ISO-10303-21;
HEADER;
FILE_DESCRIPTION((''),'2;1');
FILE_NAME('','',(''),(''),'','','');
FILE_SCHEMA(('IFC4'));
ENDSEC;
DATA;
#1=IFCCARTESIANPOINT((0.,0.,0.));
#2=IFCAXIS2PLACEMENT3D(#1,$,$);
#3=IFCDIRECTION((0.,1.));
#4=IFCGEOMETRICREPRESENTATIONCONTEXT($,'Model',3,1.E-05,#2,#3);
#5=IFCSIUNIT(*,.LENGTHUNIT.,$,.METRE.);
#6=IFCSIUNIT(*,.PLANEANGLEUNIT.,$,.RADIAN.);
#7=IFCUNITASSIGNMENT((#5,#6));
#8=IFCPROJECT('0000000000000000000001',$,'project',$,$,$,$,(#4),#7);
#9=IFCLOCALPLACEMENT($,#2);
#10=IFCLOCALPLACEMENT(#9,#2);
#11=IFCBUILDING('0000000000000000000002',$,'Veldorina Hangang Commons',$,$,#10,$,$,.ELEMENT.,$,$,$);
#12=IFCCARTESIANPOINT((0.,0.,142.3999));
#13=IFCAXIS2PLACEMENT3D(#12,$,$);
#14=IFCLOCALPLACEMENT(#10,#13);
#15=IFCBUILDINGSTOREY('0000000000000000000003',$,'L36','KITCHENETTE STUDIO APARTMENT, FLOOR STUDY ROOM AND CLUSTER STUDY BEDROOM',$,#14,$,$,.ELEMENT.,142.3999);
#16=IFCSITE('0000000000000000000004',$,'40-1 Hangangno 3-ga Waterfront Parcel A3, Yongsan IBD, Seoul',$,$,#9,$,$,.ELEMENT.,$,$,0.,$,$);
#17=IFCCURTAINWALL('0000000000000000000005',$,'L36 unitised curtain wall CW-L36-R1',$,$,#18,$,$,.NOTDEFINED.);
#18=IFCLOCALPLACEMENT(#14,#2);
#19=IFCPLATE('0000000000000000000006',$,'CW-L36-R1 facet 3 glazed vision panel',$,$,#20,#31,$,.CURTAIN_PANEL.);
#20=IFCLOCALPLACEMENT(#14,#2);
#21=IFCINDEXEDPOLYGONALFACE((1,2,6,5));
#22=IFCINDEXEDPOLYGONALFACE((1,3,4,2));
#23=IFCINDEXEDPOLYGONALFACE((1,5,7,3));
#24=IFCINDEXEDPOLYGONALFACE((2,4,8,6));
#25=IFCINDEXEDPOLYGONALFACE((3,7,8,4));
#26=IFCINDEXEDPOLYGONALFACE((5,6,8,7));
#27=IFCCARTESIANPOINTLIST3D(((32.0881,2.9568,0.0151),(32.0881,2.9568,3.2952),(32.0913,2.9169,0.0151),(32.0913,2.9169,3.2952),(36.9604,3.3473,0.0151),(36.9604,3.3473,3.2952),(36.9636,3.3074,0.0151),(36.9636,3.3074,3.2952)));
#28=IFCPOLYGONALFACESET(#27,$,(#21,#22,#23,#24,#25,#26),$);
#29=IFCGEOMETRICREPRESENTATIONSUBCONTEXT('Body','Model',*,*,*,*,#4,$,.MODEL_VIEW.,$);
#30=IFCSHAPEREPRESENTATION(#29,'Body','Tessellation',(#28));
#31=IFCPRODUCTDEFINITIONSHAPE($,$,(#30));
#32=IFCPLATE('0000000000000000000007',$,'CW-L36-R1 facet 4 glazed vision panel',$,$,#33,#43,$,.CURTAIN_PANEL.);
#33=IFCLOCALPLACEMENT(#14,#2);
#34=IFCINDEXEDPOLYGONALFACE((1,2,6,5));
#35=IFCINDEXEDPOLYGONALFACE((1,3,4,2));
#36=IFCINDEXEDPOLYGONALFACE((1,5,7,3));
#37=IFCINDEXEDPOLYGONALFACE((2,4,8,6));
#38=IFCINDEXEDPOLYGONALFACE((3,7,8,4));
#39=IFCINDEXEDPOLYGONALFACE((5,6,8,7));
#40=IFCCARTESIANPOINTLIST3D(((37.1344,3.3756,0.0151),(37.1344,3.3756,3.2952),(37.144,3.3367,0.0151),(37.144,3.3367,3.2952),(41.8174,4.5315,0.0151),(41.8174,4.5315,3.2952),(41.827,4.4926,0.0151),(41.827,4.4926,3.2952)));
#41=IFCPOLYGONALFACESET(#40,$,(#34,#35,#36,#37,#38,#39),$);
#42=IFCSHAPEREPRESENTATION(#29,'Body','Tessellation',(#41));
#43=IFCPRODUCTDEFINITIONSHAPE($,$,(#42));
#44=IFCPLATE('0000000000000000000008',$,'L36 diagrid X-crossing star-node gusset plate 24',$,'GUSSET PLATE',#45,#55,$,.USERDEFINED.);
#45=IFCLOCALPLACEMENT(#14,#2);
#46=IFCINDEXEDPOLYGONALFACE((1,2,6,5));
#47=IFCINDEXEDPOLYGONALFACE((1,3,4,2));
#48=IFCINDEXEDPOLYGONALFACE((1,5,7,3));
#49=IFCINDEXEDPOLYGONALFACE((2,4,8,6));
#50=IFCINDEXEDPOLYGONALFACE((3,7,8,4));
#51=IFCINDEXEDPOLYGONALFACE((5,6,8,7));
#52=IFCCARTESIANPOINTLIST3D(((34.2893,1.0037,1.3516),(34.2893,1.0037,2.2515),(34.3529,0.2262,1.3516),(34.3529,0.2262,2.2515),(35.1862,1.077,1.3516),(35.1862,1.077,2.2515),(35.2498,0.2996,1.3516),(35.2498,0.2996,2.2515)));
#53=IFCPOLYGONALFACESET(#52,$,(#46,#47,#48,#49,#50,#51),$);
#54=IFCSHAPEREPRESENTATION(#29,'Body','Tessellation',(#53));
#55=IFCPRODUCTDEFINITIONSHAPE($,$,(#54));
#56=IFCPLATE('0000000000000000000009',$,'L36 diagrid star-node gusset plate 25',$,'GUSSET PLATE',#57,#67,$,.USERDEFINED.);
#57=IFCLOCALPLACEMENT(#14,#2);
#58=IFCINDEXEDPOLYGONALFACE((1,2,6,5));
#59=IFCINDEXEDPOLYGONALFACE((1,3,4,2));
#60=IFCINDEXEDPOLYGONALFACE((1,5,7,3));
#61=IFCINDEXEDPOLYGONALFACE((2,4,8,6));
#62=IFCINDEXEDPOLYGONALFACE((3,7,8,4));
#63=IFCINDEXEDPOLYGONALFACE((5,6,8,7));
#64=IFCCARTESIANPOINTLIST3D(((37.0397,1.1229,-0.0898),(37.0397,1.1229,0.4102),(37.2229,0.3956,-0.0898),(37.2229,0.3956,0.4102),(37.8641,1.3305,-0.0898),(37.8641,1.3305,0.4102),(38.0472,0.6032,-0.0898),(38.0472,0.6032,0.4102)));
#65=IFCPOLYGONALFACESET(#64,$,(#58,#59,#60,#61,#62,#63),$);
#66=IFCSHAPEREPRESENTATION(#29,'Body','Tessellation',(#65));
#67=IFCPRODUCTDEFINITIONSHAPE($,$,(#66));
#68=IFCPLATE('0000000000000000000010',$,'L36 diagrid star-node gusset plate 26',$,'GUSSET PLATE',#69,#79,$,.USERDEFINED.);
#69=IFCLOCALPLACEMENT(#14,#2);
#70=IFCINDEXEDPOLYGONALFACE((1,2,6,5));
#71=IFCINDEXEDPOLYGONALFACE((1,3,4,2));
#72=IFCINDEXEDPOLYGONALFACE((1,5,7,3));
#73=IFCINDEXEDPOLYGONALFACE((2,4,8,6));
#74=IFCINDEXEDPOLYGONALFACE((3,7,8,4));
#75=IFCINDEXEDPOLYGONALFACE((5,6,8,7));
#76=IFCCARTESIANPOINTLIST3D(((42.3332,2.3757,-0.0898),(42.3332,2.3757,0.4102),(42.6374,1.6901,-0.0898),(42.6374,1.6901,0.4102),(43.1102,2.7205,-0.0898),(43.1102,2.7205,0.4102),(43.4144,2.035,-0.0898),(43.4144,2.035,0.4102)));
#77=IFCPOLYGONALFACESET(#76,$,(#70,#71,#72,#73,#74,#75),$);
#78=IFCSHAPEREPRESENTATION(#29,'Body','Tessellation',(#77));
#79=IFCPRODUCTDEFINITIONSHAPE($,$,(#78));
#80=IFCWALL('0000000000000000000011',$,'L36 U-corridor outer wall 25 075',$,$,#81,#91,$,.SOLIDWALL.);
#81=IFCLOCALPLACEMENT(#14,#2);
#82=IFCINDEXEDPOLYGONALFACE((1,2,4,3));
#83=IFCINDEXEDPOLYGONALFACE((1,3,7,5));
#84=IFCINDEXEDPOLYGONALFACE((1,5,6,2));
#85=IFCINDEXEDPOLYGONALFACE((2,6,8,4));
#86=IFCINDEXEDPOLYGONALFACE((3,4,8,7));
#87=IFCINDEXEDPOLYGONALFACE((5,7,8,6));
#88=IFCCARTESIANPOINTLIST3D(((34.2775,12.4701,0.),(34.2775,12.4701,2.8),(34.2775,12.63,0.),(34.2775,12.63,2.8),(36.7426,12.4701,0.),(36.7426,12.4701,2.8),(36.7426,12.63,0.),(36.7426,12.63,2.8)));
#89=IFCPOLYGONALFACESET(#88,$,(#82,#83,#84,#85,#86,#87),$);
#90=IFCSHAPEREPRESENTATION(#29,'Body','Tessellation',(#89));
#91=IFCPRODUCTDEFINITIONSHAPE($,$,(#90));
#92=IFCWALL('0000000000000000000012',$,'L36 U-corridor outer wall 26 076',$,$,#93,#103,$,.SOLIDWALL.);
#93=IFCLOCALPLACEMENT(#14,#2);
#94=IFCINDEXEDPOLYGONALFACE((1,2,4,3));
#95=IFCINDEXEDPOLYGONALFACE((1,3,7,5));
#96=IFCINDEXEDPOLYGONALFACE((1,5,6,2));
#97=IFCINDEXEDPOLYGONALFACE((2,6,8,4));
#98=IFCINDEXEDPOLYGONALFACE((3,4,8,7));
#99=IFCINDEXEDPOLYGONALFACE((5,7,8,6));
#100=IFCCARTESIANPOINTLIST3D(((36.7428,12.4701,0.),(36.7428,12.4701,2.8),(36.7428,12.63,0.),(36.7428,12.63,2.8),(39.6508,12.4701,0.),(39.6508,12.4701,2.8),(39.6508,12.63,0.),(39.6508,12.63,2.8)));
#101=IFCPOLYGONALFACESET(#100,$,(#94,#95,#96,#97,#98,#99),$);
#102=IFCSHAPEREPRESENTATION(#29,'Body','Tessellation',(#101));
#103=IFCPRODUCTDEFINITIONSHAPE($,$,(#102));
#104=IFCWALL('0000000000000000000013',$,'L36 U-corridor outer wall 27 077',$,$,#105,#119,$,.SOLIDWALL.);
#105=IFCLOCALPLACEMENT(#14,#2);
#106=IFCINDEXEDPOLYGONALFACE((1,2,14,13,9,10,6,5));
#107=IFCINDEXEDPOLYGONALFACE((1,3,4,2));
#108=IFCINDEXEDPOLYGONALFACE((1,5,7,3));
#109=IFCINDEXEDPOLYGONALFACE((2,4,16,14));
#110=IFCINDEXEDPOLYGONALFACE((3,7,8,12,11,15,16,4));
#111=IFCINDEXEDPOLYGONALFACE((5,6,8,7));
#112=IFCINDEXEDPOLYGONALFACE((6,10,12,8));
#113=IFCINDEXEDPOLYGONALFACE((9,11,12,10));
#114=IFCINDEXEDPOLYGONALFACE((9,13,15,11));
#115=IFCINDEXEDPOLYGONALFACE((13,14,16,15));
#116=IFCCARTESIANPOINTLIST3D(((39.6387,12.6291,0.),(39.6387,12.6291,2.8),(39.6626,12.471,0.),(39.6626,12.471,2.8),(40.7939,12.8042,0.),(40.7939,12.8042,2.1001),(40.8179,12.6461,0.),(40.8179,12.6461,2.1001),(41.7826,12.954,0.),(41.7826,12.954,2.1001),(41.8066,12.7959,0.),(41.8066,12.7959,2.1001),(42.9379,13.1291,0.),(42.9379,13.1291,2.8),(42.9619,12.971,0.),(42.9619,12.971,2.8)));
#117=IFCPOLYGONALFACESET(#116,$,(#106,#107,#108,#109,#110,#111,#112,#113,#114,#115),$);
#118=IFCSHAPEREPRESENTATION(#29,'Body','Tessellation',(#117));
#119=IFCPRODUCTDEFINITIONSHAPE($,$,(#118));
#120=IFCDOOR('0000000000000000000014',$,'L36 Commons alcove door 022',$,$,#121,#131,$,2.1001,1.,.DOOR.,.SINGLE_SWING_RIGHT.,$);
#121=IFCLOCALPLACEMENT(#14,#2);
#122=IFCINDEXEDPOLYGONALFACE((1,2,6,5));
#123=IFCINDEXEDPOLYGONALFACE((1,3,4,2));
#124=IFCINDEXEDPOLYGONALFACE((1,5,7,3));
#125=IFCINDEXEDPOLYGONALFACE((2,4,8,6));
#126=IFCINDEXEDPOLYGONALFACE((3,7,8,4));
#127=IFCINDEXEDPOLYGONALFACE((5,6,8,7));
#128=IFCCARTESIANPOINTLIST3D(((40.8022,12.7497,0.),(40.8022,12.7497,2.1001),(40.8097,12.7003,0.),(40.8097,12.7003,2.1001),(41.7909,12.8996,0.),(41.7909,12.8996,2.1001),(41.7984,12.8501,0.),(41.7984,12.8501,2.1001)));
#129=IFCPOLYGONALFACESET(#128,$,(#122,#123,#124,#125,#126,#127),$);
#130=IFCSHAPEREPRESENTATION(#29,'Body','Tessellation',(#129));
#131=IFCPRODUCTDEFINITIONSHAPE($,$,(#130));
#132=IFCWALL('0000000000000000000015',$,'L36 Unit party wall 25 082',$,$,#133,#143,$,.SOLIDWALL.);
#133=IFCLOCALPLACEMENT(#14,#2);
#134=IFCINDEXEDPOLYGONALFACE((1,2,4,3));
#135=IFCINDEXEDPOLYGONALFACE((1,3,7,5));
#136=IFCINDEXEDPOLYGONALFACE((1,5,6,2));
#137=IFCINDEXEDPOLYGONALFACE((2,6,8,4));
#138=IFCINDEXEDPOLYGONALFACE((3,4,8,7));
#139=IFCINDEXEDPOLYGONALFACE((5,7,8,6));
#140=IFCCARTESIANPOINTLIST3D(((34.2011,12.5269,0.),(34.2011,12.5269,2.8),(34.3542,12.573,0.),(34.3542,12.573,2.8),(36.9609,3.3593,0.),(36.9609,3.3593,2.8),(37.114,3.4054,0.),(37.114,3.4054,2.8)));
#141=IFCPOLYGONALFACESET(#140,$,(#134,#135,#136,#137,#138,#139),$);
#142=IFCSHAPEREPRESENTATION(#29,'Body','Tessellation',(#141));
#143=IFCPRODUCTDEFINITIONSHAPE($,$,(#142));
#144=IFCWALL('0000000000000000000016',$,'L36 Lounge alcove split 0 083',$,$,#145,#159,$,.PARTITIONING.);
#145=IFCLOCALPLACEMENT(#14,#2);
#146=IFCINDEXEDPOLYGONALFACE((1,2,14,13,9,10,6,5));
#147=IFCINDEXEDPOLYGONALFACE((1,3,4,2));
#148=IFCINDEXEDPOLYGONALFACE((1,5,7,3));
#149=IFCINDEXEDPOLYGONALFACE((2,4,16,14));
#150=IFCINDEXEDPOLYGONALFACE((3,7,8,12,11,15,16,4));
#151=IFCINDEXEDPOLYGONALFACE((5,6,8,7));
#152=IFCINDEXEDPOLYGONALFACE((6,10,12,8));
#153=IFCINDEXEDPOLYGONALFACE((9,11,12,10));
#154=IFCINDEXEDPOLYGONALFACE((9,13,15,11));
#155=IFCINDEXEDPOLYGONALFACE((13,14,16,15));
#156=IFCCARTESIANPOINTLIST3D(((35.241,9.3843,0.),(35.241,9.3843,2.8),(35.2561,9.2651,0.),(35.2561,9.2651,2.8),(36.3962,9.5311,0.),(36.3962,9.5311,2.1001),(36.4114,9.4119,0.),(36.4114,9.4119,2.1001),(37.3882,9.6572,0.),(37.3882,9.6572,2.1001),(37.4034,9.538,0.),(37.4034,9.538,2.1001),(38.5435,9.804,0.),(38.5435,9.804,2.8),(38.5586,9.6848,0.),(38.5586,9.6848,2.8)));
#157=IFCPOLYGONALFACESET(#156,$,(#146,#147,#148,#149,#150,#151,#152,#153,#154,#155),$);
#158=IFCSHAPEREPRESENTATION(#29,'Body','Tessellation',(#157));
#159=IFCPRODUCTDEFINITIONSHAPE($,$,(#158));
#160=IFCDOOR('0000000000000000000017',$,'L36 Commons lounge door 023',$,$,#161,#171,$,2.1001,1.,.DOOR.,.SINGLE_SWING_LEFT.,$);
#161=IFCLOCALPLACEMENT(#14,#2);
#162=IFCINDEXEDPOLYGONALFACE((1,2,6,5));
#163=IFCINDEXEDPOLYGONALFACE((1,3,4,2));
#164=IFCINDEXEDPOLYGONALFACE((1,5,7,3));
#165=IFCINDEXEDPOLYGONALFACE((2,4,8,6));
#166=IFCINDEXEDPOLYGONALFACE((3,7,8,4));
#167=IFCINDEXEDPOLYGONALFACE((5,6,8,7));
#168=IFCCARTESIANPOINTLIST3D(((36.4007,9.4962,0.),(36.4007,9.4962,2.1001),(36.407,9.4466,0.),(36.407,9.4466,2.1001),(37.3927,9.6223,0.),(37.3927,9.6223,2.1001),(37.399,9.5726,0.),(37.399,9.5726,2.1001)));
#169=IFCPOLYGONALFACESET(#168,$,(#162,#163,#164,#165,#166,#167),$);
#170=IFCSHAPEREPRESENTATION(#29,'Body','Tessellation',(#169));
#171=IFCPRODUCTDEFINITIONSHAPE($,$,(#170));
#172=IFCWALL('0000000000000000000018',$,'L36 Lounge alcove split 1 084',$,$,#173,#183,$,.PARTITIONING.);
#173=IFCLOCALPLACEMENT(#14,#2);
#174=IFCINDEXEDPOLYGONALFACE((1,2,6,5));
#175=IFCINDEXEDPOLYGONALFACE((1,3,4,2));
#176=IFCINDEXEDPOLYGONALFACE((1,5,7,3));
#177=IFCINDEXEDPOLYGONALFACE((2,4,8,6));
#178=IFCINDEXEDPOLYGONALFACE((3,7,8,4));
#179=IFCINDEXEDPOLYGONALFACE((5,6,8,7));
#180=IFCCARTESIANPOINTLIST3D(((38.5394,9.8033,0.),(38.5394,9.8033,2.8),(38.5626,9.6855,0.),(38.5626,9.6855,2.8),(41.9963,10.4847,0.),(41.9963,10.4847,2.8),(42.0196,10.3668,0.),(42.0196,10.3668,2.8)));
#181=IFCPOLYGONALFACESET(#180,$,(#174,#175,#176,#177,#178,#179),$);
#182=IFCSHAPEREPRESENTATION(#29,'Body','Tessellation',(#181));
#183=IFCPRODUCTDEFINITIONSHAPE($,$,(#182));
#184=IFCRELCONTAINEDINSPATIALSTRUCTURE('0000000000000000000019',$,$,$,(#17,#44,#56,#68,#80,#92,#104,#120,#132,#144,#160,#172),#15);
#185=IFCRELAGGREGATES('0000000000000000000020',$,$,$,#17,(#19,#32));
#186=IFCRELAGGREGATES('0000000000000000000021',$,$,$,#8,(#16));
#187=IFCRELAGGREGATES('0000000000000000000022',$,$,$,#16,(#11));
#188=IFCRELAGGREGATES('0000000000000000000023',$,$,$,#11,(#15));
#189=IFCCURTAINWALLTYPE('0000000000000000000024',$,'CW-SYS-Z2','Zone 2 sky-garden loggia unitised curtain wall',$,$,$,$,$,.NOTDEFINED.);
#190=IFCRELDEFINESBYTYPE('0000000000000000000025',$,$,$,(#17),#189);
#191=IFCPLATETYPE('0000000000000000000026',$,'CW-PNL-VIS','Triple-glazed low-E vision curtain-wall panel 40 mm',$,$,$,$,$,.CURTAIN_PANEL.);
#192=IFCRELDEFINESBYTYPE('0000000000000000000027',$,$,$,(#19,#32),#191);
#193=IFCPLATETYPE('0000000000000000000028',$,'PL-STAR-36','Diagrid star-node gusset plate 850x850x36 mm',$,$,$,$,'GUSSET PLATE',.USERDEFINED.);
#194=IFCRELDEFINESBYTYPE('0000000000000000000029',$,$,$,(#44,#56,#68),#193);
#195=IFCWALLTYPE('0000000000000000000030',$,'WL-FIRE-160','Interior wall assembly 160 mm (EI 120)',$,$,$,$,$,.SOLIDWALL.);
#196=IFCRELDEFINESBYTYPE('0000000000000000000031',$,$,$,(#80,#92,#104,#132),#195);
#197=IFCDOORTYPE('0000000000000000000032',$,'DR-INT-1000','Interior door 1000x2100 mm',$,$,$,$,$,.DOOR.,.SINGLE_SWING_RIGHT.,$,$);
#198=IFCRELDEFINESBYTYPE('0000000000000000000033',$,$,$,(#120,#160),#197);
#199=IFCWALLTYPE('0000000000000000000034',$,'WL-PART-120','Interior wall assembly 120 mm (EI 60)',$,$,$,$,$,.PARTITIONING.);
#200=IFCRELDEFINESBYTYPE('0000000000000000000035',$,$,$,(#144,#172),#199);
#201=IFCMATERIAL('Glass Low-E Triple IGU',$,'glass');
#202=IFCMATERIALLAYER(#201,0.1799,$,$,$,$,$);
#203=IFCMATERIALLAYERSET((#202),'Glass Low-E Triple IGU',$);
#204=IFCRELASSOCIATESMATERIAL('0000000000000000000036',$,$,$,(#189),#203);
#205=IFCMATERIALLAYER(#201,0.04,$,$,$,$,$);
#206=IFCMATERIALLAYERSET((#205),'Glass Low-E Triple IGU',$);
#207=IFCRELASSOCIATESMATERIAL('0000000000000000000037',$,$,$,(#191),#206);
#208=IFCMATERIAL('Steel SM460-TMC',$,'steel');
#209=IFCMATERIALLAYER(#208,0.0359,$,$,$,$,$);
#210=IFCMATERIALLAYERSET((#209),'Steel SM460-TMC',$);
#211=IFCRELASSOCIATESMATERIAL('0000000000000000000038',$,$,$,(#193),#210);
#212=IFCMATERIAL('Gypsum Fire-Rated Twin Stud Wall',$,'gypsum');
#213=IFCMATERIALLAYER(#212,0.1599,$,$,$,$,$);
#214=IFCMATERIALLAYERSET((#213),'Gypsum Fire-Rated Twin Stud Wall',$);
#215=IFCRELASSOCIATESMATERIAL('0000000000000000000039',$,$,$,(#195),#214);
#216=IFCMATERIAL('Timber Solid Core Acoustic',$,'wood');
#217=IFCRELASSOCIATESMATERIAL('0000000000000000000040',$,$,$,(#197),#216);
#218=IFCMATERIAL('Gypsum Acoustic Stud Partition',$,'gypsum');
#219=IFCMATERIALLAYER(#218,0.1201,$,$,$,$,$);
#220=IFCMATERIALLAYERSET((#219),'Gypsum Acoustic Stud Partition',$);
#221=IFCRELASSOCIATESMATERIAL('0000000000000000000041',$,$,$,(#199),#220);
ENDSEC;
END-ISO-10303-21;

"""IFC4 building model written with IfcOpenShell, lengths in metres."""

from ifc_helpers import new_model, si_unit, direction, frame, frame_2d, origin, origin_2d, place, context, subcontext, project, spatial, rectangle, extrude, material, layer, layer_set, type_object, element, fill, aggregate, save


model = new_model("IFC4")

# Units and contexts
model_context = context("Model", 3, precision=1e-05, world=origin(), true_north=direction((0.0, 1.0)))
body_context = subcontext(model_context, "Body", "Model", "MODEL_VIEW")
ifc_project = project(units=[si_unit("LENGTHUNIT", "METRE"), si_unit("PLANEANGLEUNIT", "RADIAN")], contexts=[model_context])

# Site, building, storey
site_placement = place(None, origin())
site = spatial("IfcSite", under=ifc_project, at=site_placement, Name="40-1 Hangangno 3-ga Waterfront Parcel A3, Yongsan IBD, Seoul", CompositionType="ELEMENT", RefElevation=0.0)
building_placement = place(site_placement, origin())
building = spatial("IfcBuilding", under=site, at=building_placement, Name="Veldorina Hangang Commons", CompositionType="ELEMENT")
storey_placement = place(building_placement, frame((0.0, 0.0, 142.3999)))
storey = spatial("IfcBuildingStorey", under=building, at=storey_placement, Name="L36", Description="KITCHENETTE STUDIO APARTMENT, FLOOR STUDY ROOM AND CLUSTER STUDY BEDROOM", CompositionType="ELEMENT", Elevation=142.3999)

# Curtain wall
ifc_material_1 = material(Name="Glass Low-E Triple IGU", Category="glass")
ifc_layer_1 = layer(ifc_material_1, 0.1799)
ifc_layer_set_1 = layer_set([ifc_layer_1], Name="Glass Low-E Triple IGU")
curtain_wall_type = type_object("IfcCurtainWallType", Name="CW-SYS-Z2", Description="Zone 2 sky-garden loggia unitised curtain wall", PredefinedType="NOTDEFINED", material=ifc_layer_set_1)
curtain_wall_placement = place(storey_placement, origin())
curtain_wall = element("IfcCurtainWall", 1, at=curtain_wall_placement, inside=storey, type_object=curtain_wall_type, Name="L36 unitised curtain wall CW-L36-R1", PredefinedType="NOTDEFINED")

# Plates
ifc_layer_2 = layer(ifc_material_1, 0.04)
ifc_layer_set_2 = layer_set([ifc_layer_2], Name="Glass Low-E Triple IGU")
plate_type_1 = type_object("IfcPlateType", Name="CW-PNL-VIS", Description="Triple-glazed low-E vision curtain-wall panel 40 mm", PredefinedType="CURTAIN_PANEL", material=ifc_layer_set_2)
plate_1_placement = place(storey_placement, frame((34.5259, 3.1321, 0.0151), z_axis=(0.0, 0.0, 1.0), x_axis=(0.996804, 0.079886, 0.0)))
plate_1 = element("IfcPlate", 2, at=plate_1_placement, type_object=plate_type_1, Name="CW-L36-R1 facet 3 glazed vision panel", PredefinedType="CURTAIN_PANEL", context=body_context, shape_type="SweptSolid", body=[
    extrude(rectangle(XDim=4.8879, YDim=0.04, at=origin_2d()), origin(), (0.0, 0.0, 1.0), 3.28),
])
plate_2_placement = place(storey_placement, frame((39.4807, 3.9341, 0.0151), z_axis=(0.0, 0.0, 1.0), x_axis=(0.970863, 0.239635, 0.0)))
plate_2 = element("IfcPlate", 3, at=plate_2_placement, type_object=plate_type_1, Name="CW-L36-R1 facet 4 glazed vision panel", PredefinedType="CURTAIN_PANEL", context=body_context, shape_type="SweptSolid", body=[
    extrude(rectangle(XDim=4.8235, YDim=0.04, at=origin_2d()), origin(), (0.0, 0.0, 1.0), 3.28),
])
aggregate(curtain_wall, [plate_1, plate_2])

# Plates
ifc_material_2 = material(Name="Steel SM460-TMC", Category="steel")
ifc_layer_3 = layer(ifc_material_2, 0.0359)
ifc_layer_set_3 = layer_set([ifc_layer_3], Name="Steel SM460-TMC")
plate_type_2 = type_object("IfcPlateType", Name="PL-STAR-36", Description="Diagrid star-node gusset plate 850x850x36 mm", ElementType="GUSSET PLATE", PredefinedType="USERDEFINED", material=ifc_layer_set_3)
plate_3_placement = place(storey_placement, frame((34.7695, 0.6516, 1.3516), z_axis=(0.0, 0.0, 1.0), x_axis=(0.996673, 0.081504, 0.0)))
element("IfcPlate", 4, at=plate_3_placement, inside=storey, type_object=plate_type_2, Name="L36 diagrid X-crossing star-node gusset plate 24", ObjectType="GUSSET PLATE", PredefinedType="USERDEFINED", context=body_context, shape_type="SweptSolid", body=[
    extrude(rectangle(XDim=0.8999, YDim=0.78, at=origin_2d()), origin(), (0.0, 0.0, 1.0), 0.8999),
])
for number, where, z_axis, x_axis, name in (
    (5, (37.5435, 0.863, -0.0898), (0.0, 0.0, 1.0), (0.969723, 0.244207, 0.0), "L36 diagrid star-node gusset plate 25"),
    (6, (42.8738, 2.2053, -0.0898), (0.0, 0.0, 1.0), (0.914042, 0.40562, 0.0), "L36 diagrid star-node gusset plate 26"),
):
    element("IfcPlate", number, at=place(storey_placement, frame(where, z_axis=z_axis, x_axis=x_axis)), inside=storey, type_object=plate_type_2, Name=name, ObjectType="GUSSET PLATE", PredefinedType="USERDEFINED", context=body_context, shape_type="SweptSolid", body=[
        extrude(rectangle(XDim=0.8501, YDim=0.75, at=origin_2d()), origin(), (0.0, 0.0, 1.0), 0.5),
    ])

# Walls
ifc_material_3 = material(Name="Gypsum Fire-Rated Twin Stud Wall", Category="gypsum")
ifc_layer_4 = layer(ifc_material_3, 0.1599)
ifc_layer_set_4 = layer_set([ifc_layer_4], Name="Gypsum Fire-Rated Twin Stud Wall")
wall_type_1 = type_object("IfcWallType", Name="WL-FIRE-160", Description="Interior wall assembly 160 mm (EI 120)", PredefinedType="SOLIDWALL", material=ifc_layer_set_4)
wall_1_placement = place(storey_placement, frame((34.2776, 12.55, 0.0), z_axis=(0.0, 0.0, 1.0), x_axis=(1.0, 0.0, 0.0)))
element("IfcWall", 7, at=wall_1_placement, inside=storey, type_object=wall_type_1, Name="L36 U-corridor outer wall 25 075", PredefinedType="SOLIDWALL", context=body_context, shape_type="SweptSolid", body=[
    extrude(rectangle(XDim=2.4651, YDim=0.1599, at=frame_2d((1.2324, 0.0))), origin(), (0.0, 0.0, 1.0), 2.8),
])
wall_2_placement = place(storey_placement, frame((36.7427, 12.55, 0.0), z_axis=(0.0, 0.0, 1.0), x_axis=(1.0, 0.0, 0.0)))
element("IfcWall", 8, at=wall_2_placement, inside=storey, type_object=wall_type_1, Name="L36 U-corridor outer wall 26 076", PredefinedType="SOLIDWALL", context=body_context, shape_type="SweptSolid", body=[
    extrude(rectangle(XDim=2.908, YDim=0.1599, at=frame_2d((1.4541, 0.0))), origin(), (0.0, 0.0, 1.0), 2.8),
])

# Wall, opening, door
wall_3_placement = place(storey_placement, frame((39.6506, 12.55, 0.0), z_axis=(0.0, 0.0, 1.0), x_axis=(0.988711, 0.149836, 0.0)))
wall_3 = element("IfcWall", 9, at=wall_3_placement, inside=storey, type_object=wall_type_1, Name="L36 U-corridor outer wall 27 077", PredefinedType="SOLIDWALL", context=body_context, shape_type="SweptSolid", body=[
    extrude(rectangle(XDim=3.3369, YDim=0.1599, at=frame_2d((1.6685, 0.0))), origin(), (0.0, 0.0, 1.0), 2.8),
])
opening_1_placement = place(wall_3_placement, frame((1.1685, 0.0, 0.0)))
opening_1 = element("IfcOpeningElement", 10, at=opening_1_placement, cuts=wall_3, PredefinedType="OPENING", context=body_context, shape_type="SweptSolid", body=[
    extrude(rectangle(XDim=1.0, YDim=2.1001, at=frame_2d((0.5, 1.05))), frame((0.0, 0.0898, 0.0), z_axis=(0.0, -1.0, 0.0), x_axis=(1.0, 0.0, 0.0)), (0.0, 0.0, 1.0), 0.1799),
])
ifc_material_4 = material(Name="Timber Solid Core Acoustic", Category="wood")
door_type_1 = type_object("IfcDoorType", Name="DR-INT-1000", Description="Interior door 1000x2100 mm", OperationType="SINGLE_SWING_RIGHT", PredefinedType="DOOR", material=ifc_material_4)
door_1_placement = place(opening_1_placement, origin())
door_1 = element("IfcDoor", 11, at=door_1_placement, inside=storey, type_object=door_type_1, Name="L36 Commons alcove door 022", OperationType="SINGLE_SWING_RIGHT", OverallHeight=2.1001, OverallWidth=1.0, PredefinedType="DOOR", context=body_context, shape_type="SweptSolid", body=[
    extrude(rectangle(XDim=1.0, YDim=2.1001, at=frame_2d((0.5, 1.05))), frame((0.0, 0.0249, 0.0), z_axis=(0.0, -1.0, 0.0), x_axis=(1.0, 0.0, 0.0)), (0.0, 0.0, 1.0), 0.05),
])
fill(opening_1, door_1)

# Wall
wall_4_placement = place(storey_placement, frame((34.2776, 12.55, 0.0), z_axis=(0.0, 0.0, 1.0), x_axis=(0.28826, -0.957552, 0.0)))
element("IfcWall", 12, at=wall_4_placement, inside=storey, type_object=wall_type_1, Name="L36 Unit party wall 25 082", PredefinedType="SOLIDWALL", context=body_context, shape_type="SweptSolid", body=[
    extrude(rectangle(XDim=9.574, YDim=0.1599, at=frame_2d((4.7871, 0.0))), origin(), (0.0, 0.0, 1.0), 2.8),
])

# Wall, opening, door
ifc_material_5 = material(Name="Gypsum Acoustic Stud Partition", Category="gypsum")
ifc_layer_5 = layer(ifc_material_5, 0.1201)
ifc_layer_set_5 = layer_set([ifc_layer_5], Name="Gypsum Acoustic Stud Partition")
wall_type_2 = type_object("IfcWallType", Name="WL-PART-120", Description="Interior wall assembly 120 mm (EI 60)", PredefinedType="PARTITIONING", material=ifc_layer_set_5)
wall_5_placement = place(storey_placement, frame((35.2485, 9.3247, 0.0), z_axis=(0.0, 0.0, 1.0), x_axis=(0.992022, 0.126065, 0.0)))
wall_5 = element("IfcWall", 13, at=wall_5_placement, inside=storey, type_object=wall_type_2, Name="L36 Lounge alcove split 0 083", PredefinedType="PARTITIONING", context=body_context, shape_type="SweptSolid", body=[
    extrude(rectangle(XDim=3.3291, YDim=0.1201, at=frame_2d((1.6646, 0.0))), origin(), (0.0, 0.0, 1.0), 2.8),
])
opening_2_placement = place(wall_5_placement, frame((1.1646, 0.0, 0.0)))
opening_2 = element("IfcOpeningElement", 14, at=opening_2_placement, cuts=wall_5, PredefinedType="OPENING", context=body_context, shape_type="SweptSolid", body=[
    extrude(rectangle(XDim=1.0, YDim=2.1001, at=frame_2d((0.5, 1.05))), frame((0.0, 0.0701, 0.0), z_axis=(0.0, -1.0, 0.0), x_axis=(1.0, 0.0, 0.0)), (0.0, 0.0, 1.0), 0.1401),
])
door_2_placement = place(opening_2_placement, origin())
door_2 = element("IfcDoor", 15, at=door_2_placement, inside=storey, type_object=door_type_1, Name="L36 Commons lounge door 023", OperationType="SINGLE_SWING_LEFT", OverallHeight=2.1001, OverallWidth=1.0, PredefinedType="DOOR", context=body_context, shape_type="SweptSolid", body=[
    extrude(rectangle(XDim=1.0, YDim=2.1001, at=frame_2d((0.5, 1.05))), frame((0.0, 0.0249, 0.0), z_axis=(0.0, -1.0, 0.0), x_axis=(1.0, 0.0, 0.0)), (0.0, 0.0, 1.0), 0.05),
])
fill(opening_2, door_2)

# Wall
wall_6_placement = place(storey_placement, frame((38.551, 9.7444, 0.0), z_axis=(0.0, 0.0, 1.0), x_axis=(0.981123, 0.193384, 0.0)))
element("IfcWall", 16, at=wall_6_placement, inside=storey, type_object=wall_type_2, Name="L36 Lounge alcove split 1 084", PredefinedType="PARTITIONING", context=body_context, shape_type="SweptSolid", body=[
    extrude(rectangle(XDim=3.5234, YDim=0.1201, at=frame_2d((1.7617, 0.0))), origin(), (0.0, 0.0, 1.0), 2.8),
])

save(model, "model.ifc")
